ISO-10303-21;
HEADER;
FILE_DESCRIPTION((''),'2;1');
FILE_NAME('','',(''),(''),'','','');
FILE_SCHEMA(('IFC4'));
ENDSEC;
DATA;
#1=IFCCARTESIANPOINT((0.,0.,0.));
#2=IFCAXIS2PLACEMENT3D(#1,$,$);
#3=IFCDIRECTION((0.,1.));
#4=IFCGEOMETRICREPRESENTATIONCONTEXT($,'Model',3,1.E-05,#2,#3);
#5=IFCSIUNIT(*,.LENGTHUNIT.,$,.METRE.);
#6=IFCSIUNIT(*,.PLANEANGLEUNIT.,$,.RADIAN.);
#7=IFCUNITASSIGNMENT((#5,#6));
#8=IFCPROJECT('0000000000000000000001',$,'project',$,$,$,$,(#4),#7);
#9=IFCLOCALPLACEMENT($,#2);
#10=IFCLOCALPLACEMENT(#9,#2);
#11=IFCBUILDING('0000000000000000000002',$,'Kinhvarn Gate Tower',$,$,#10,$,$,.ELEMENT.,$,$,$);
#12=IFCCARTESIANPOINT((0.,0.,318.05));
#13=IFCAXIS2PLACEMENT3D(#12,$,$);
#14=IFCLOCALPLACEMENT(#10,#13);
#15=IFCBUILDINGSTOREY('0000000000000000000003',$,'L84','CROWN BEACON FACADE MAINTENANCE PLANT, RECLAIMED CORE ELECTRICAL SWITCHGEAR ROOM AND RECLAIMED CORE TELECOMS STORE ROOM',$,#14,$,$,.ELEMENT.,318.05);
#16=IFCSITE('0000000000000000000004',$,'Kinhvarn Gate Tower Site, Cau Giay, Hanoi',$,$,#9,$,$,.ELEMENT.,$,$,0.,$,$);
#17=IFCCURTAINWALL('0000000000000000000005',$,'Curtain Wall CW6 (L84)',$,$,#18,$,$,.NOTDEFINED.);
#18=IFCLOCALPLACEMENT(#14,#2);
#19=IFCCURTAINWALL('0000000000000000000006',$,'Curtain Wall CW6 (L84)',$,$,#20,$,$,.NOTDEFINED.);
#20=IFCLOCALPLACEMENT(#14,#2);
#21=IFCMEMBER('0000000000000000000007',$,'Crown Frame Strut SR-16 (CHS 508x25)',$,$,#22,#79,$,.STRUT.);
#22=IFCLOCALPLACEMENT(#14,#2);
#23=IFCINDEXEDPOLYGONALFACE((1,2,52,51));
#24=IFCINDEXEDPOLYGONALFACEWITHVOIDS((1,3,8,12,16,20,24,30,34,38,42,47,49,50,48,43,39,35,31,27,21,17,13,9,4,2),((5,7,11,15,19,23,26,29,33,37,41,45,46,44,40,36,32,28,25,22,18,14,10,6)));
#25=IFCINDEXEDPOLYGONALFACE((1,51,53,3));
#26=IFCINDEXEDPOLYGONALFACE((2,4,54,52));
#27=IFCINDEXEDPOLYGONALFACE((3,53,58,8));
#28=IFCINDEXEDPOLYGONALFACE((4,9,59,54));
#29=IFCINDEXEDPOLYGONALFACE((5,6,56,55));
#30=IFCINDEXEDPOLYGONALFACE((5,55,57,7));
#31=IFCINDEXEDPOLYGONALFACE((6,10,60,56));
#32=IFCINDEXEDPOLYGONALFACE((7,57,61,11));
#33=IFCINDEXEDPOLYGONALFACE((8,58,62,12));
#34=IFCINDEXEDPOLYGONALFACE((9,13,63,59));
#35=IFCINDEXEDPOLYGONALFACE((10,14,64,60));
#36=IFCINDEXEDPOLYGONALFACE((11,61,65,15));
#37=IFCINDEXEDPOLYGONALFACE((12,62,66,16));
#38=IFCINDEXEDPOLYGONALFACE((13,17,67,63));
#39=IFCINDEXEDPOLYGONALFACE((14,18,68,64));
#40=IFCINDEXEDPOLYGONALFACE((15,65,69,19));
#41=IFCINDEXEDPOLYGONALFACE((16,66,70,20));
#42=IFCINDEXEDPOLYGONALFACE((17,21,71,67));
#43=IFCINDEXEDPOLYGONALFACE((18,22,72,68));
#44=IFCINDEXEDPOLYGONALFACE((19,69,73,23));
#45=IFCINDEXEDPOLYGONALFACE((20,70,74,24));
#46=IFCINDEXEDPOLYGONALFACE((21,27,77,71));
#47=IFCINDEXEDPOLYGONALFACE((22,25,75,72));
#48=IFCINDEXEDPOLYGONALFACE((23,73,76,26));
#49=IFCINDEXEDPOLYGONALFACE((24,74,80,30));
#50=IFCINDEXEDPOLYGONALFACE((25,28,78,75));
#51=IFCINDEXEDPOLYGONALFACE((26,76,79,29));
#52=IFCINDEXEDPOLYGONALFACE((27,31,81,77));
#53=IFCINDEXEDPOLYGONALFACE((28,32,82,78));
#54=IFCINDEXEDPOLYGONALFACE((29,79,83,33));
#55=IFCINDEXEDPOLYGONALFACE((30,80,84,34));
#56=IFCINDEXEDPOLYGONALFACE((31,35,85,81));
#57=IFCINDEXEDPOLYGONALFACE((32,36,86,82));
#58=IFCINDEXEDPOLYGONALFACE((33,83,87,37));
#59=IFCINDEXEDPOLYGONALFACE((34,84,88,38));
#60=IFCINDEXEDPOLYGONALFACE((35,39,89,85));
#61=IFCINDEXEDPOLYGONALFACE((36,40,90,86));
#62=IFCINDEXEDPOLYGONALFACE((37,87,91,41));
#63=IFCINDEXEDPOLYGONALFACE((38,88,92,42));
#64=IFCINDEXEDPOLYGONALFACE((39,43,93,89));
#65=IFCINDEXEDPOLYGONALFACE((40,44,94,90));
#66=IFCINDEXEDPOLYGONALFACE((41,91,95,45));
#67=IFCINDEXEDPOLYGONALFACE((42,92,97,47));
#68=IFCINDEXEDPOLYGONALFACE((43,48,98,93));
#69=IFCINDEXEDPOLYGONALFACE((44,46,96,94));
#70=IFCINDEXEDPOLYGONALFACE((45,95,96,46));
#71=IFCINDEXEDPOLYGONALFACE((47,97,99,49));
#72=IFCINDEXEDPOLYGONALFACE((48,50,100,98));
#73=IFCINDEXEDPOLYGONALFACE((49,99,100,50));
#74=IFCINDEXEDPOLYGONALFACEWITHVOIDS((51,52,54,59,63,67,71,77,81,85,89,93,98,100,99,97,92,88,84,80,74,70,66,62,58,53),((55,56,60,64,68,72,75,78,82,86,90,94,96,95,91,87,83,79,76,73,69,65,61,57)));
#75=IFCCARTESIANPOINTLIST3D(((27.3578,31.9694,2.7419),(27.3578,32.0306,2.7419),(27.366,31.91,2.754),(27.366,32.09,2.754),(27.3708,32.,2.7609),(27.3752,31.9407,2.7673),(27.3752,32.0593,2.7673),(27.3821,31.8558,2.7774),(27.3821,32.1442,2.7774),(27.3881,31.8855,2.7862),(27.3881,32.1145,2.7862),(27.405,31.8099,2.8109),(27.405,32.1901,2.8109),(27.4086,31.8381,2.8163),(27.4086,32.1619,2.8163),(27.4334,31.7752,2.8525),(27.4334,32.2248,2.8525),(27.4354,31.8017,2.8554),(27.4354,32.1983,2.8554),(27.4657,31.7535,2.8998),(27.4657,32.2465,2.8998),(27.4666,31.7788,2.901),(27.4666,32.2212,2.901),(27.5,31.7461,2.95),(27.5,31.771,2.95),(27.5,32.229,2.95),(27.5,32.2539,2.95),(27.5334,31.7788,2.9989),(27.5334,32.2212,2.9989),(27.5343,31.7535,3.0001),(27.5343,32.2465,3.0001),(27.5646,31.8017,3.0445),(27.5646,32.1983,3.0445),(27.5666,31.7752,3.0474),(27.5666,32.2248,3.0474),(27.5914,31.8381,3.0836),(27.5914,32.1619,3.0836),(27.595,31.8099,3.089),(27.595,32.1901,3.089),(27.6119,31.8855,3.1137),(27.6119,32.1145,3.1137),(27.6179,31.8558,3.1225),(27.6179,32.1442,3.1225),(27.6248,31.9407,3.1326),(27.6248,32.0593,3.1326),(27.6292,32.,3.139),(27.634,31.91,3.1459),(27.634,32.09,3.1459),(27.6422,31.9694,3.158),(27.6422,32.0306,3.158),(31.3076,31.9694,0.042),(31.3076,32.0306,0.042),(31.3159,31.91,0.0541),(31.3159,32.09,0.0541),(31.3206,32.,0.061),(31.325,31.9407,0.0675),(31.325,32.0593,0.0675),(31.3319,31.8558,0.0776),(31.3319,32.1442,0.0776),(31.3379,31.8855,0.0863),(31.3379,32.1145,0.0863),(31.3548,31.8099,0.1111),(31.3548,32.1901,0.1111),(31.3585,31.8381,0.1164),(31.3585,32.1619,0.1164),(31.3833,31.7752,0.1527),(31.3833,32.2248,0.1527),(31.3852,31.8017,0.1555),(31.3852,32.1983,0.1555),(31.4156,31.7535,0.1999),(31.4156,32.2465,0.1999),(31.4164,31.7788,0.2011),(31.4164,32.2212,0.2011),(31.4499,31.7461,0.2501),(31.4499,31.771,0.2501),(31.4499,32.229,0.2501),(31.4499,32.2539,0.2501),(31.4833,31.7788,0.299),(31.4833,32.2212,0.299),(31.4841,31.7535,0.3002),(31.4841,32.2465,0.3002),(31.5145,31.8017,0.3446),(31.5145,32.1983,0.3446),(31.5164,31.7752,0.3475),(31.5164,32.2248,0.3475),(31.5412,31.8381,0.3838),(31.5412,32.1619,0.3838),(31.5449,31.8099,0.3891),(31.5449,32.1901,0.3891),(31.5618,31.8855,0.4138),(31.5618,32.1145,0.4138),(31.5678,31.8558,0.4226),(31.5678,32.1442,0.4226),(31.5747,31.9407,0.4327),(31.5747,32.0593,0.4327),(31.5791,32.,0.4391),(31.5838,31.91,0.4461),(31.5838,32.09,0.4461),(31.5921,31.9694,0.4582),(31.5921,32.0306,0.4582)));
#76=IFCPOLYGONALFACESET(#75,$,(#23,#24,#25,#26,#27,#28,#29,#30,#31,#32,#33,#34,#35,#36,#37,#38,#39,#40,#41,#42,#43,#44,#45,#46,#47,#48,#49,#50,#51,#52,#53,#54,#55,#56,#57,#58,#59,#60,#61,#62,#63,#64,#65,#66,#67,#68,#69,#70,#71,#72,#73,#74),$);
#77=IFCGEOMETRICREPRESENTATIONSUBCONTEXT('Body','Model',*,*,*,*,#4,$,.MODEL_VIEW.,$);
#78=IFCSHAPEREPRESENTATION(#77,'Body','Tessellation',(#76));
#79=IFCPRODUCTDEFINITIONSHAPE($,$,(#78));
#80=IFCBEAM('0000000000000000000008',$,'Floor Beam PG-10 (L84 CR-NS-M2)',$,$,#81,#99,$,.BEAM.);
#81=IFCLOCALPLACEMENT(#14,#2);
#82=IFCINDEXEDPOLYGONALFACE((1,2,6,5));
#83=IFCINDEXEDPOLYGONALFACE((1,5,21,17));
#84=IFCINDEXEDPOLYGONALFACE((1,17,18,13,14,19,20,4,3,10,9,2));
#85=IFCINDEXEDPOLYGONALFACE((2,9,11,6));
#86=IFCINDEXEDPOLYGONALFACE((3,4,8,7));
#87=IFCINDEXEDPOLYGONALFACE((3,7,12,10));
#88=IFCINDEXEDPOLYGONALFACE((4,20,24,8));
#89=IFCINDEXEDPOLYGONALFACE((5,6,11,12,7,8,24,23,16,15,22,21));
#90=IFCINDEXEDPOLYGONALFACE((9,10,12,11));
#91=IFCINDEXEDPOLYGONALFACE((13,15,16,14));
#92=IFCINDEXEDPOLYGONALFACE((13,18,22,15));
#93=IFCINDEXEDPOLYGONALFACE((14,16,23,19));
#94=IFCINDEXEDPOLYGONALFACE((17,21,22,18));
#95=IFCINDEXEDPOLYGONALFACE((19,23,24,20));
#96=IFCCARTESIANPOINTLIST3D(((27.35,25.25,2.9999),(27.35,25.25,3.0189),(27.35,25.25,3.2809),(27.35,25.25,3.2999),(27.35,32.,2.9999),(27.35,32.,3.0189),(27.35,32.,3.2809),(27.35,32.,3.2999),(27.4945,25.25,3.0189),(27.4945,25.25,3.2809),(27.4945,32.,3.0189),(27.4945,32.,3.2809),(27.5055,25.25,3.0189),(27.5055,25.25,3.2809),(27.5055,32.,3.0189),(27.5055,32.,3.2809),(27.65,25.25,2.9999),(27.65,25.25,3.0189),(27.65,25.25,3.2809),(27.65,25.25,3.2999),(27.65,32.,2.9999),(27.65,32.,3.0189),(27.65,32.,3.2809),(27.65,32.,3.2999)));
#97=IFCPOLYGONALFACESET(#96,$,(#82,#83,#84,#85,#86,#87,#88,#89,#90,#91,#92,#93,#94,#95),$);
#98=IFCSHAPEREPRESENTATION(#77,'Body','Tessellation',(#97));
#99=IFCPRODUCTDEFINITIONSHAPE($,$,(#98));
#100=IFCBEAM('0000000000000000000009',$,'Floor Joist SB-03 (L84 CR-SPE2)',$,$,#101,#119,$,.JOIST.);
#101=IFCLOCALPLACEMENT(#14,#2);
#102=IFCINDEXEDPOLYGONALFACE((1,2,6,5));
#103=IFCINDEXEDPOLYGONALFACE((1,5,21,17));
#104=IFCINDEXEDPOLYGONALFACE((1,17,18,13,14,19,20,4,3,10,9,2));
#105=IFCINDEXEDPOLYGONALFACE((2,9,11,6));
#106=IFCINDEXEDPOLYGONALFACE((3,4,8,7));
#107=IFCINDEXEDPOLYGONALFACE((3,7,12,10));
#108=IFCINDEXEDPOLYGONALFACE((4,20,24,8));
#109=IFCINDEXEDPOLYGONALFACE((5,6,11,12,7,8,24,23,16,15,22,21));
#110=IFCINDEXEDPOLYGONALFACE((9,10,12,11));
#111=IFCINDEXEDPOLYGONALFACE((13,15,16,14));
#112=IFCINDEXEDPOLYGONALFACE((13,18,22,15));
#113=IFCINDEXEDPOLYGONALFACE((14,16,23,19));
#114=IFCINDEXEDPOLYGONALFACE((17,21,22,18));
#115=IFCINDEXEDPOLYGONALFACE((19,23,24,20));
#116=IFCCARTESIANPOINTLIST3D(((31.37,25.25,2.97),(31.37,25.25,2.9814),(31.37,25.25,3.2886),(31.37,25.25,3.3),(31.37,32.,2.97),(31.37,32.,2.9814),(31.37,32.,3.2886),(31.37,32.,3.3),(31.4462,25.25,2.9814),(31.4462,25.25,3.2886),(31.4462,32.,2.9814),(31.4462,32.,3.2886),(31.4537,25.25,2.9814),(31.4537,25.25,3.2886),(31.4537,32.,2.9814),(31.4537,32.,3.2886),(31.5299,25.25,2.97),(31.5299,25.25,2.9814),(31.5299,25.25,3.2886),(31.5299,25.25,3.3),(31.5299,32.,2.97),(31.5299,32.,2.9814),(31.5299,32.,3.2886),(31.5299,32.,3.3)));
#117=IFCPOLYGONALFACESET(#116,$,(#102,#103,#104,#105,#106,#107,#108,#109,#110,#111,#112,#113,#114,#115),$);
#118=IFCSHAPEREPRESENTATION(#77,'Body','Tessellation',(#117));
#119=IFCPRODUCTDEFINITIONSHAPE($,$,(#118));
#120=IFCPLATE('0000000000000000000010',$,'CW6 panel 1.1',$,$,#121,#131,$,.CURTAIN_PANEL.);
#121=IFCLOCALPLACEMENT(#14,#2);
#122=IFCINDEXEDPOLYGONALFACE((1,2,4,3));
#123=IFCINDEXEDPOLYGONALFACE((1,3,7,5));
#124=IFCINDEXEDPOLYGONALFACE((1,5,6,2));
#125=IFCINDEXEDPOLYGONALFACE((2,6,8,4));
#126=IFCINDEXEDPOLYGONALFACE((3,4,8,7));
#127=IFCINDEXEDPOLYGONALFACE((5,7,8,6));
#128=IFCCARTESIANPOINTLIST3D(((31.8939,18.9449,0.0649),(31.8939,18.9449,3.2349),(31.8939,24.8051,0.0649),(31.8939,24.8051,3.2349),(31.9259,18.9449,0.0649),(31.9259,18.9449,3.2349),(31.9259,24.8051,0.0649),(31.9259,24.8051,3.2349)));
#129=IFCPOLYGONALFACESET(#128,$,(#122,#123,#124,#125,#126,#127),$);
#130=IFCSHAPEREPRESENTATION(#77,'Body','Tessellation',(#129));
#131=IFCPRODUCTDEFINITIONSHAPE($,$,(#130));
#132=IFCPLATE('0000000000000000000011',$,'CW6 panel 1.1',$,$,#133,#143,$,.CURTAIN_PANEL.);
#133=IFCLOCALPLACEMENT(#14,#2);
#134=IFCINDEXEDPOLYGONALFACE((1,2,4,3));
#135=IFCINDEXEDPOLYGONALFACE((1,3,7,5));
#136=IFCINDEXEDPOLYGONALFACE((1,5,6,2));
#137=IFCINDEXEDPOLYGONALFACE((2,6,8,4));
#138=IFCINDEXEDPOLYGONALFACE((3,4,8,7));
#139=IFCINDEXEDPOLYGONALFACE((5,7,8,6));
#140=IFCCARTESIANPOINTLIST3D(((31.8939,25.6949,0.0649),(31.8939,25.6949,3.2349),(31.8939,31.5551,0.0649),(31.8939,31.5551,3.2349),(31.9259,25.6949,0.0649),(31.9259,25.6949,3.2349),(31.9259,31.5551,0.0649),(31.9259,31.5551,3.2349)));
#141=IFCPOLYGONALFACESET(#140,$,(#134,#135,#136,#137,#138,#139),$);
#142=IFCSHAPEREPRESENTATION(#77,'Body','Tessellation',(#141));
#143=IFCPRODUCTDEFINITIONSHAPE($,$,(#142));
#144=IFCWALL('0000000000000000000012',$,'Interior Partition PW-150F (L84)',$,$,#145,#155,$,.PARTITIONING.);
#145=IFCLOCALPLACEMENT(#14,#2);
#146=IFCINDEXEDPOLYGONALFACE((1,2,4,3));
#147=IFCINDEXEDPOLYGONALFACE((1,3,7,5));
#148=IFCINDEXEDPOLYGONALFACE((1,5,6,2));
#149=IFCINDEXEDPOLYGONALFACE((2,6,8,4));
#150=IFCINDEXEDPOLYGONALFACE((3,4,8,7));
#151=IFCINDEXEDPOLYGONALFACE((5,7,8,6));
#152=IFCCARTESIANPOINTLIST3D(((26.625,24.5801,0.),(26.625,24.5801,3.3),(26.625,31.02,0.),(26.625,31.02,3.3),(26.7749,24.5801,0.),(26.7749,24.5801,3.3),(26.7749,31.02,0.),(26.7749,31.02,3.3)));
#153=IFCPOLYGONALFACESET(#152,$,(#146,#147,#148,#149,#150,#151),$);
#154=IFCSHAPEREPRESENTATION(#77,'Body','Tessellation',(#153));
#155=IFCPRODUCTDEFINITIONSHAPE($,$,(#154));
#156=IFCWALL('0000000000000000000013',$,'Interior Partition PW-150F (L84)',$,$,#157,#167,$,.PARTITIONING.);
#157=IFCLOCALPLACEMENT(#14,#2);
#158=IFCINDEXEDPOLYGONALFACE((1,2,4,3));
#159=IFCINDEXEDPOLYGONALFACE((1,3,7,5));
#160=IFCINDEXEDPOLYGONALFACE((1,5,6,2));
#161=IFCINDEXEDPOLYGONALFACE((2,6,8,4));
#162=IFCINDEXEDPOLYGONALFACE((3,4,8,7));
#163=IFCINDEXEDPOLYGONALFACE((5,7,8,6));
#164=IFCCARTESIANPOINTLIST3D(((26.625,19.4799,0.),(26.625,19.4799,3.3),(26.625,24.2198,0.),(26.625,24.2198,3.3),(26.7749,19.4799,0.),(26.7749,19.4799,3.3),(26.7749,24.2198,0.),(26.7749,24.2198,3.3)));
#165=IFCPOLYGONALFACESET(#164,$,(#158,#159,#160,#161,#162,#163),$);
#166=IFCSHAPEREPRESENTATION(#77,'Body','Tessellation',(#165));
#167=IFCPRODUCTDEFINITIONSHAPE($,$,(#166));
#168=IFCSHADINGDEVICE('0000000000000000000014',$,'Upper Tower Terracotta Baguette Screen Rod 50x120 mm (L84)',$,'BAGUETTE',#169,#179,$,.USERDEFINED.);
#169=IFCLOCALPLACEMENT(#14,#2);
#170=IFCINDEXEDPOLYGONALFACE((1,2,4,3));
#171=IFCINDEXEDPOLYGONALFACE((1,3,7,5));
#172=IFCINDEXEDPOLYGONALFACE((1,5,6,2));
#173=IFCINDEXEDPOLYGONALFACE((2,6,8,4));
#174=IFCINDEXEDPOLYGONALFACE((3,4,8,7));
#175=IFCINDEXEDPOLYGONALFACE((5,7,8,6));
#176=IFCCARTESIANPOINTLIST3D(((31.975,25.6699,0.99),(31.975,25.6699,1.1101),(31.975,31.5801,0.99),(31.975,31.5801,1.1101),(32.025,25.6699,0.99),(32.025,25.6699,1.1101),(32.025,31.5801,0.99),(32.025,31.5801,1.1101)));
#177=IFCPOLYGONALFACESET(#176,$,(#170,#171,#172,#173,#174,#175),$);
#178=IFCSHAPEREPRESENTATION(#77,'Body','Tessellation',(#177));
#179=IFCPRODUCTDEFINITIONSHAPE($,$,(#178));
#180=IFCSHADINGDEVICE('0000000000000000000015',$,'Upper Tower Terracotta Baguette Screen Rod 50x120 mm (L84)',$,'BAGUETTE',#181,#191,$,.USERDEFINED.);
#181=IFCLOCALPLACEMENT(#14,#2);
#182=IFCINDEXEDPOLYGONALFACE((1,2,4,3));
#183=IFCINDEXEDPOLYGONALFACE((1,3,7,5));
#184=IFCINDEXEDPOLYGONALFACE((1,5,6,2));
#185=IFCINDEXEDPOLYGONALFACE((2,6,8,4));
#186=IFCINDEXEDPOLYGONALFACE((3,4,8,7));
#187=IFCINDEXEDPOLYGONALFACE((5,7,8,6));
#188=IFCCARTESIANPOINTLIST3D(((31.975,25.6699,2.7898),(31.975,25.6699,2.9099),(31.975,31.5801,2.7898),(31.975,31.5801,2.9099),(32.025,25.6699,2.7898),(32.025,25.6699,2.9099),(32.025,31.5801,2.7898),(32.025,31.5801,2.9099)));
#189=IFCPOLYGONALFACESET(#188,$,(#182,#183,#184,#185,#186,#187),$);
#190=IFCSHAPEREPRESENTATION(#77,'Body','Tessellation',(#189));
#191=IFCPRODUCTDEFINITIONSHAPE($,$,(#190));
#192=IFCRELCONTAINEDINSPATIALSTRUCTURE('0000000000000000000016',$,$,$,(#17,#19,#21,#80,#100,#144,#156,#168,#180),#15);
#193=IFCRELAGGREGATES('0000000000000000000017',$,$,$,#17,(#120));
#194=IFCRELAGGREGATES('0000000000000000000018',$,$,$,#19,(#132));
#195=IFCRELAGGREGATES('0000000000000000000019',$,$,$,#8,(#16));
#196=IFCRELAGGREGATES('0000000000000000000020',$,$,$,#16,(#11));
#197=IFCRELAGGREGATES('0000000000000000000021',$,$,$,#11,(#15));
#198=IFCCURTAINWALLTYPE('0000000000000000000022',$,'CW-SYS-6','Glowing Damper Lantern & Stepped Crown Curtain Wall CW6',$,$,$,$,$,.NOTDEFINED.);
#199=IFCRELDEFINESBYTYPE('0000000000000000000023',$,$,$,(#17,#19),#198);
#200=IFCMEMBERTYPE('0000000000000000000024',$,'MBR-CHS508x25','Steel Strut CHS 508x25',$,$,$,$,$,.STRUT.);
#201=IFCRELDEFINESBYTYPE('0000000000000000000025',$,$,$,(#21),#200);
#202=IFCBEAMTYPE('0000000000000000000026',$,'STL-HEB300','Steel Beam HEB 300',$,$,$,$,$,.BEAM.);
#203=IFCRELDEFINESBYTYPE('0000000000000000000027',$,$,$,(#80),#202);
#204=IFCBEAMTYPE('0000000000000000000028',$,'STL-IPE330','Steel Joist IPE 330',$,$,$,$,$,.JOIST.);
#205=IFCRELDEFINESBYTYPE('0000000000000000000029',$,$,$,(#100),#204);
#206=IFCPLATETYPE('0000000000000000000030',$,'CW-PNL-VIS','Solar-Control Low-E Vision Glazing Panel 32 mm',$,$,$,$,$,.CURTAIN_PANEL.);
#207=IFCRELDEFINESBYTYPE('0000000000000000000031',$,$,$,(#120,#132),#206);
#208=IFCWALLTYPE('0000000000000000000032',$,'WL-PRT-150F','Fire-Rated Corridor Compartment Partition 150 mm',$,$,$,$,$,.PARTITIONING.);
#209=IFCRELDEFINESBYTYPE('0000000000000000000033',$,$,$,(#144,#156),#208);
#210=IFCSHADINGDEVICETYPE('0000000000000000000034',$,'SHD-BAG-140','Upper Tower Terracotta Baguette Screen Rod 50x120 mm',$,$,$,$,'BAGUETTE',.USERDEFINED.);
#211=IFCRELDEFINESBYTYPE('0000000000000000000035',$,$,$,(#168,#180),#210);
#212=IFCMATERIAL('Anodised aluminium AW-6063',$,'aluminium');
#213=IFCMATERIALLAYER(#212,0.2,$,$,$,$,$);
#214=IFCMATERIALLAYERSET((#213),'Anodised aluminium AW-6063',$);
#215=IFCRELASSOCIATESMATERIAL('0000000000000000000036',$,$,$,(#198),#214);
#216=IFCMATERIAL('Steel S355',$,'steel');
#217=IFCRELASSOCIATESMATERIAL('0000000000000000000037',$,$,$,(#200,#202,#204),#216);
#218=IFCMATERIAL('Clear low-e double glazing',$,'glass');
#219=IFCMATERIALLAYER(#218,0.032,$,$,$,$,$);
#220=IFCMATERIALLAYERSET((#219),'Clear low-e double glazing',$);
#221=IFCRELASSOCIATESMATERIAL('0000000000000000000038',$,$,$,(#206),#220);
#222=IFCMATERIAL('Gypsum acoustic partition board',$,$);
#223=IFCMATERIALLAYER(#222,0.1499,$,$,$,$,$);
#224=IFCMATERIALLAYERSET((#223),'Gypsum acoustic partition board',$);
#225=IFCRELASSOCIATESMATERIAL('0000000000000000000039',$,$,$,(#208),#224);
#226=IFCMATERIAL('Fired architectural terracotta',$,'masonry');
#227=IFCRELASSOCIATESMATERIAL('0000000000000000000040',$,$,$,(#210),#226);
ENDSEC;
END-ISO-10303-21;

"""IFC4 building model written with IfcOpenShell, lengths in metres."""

from ifc_helpers import new_model, si_unit, direction, frame, frame_2d, origin, origin_2d, place, context, subcontext, project, spatial, rectangle, hollow_circle, i_section, extrude, material, layer, layer_set, material_profile, profile_set, type_object, element, aggregate, save


model = new_model("IFC4")

# Units and contexts
model_context = context("Model", 3, precision=1e-05, world=origin(), true_north=direction((0.0, 1.0)))
body_context = subcontext(model_context, "Body", "Model", "MODEL_VIEW")
ifc_project = project(units=[si_unit("LENGTHUNIT", "METRE"), si_unit("PLANEANGLEUNIT", "RADIAN")], contexts=[model_context])

# Site, building, storey
site_placement = place(None, origin())
site = spatial("IfcSite", under=ifc_project, at=site_placement, Name="Kinhvarn Gate Tower Site, Cau Giay, Hanoi", CompositionType="ELEMENT", RefElevation=0.0)
building_placement = place(site_placement, origin())
building = spatial("IfcBuilding", under=site, at=building_placement, Name="Kinhvarn Gate Tower", CompositionType="ELEMENT")
storey_placement = place(building_placement, frame((0.0, 0.0, 318.05)))
storey = spatial("IfcBuildingStorey", under=building, at=storey_placement, Name="L84", Description="CROWN BEACON FACADE MAINTENANCE PLANT, RECLAIMED CORE ELECTRICAL SWITCHGEAR ROOM AND RECLAIMED CORE TELECOMS STORE ROOM", CompositionType="ELEMENT", Elevation=318.05)

# Curtain wall
ifc_material_1 = material(Name="Anodised aluminium AW-6063", Category="aluminium")
ifc_layer_1 = layer(ifc_material_1, 0.2)
ifc_layer_set_1 = layer_set([ifc_layer_1], Name="Anodised aluminium AW-6063")
curtain_wall_type = type_object("IfcCurtainWallType", Name="CW-SYS-6", Description="Glowing Damper Lantern & Stepped Crown Curtain Wall CW6", PredefinedType="NOTDEFINED", material=ifc_layer_set_1)
curtain_wall_1_placement = place(storey_placement, origin())
curtain_wall_1 = element("IfcCurtainWall", 1, at=curtain_wall_1_placement, inside=storey, type_object=curtain_wall_type, Name="Curtain Wall CW6 (L84)", PredefinedType="NOTDEFINED")

# Curtain wall
curtain_wall_2_placement = place(storey_placement, origin())
curtain_wall_2 = element("IfcCurtainWall", 2, at=curtain_wall_2_placement, inside=storey, type_object=curtain_wall_type, Name="Curtain Wall CW6 (L84)", PredefinedType="NOTDEFINED")

# Member
ifc_material_2 = material(Name="Steel S355", Category="steel")
ifc_material_profile_1 = material_profile(ifc_material_2, hollow_circle(Radius=0.2539, WallThickness=0.0249, at=origin_2d()), Name="CHS 508x25")
ifc_profile_set_1 = profile_set([ifc_material_profile_1], Name="Steel S355")
member_type_1 = type_object("IfcMemberType", Name="MBR-CHS508x25", Description="Steel Strut CHS 508x25", PredefinedType="STRUT", material=ifc_profile_set_1)
member_1_placement = place(storey_placement, frame((27.5, 32.0, 2.95), z_axis=(0.825565, 0.0, -0.564307), x_axis=(0.0, 1.0, 0.0)))
element("IfcMember", 3, at=member_1_placement, inside=storey, type_object=member_type_1, Name="Crown Frame Strut SR-16 (CHS 508x25)", PredefinedType="STRUT", context=body_context, shape_type="SweptSolid", body=[
    extrude(hollow_circle(Radius=0.2539, WallThickness=0.0249, at=origin_2d()), origin(), (0.0, 0.0, 1.0), 4.7844),
])

# Beams
ifc_material_profile_2 = material_profile(ifc_material_2, i_section(OverallWidth=0.3, OverallDepth=0.3, WebThickness=0.011, FlangeThickness=0.019, at=origin_2d()), Name="HEB 300")
ifc_profile_set_2 = profile_set([ifc_material_profile_2], Name="Steel S355")
beam_type_1 = type_object("IfcBeamType", Name="STL-HEB300", Description="Steel Beam HEB 300", PredefinedType="BEAM", material=ifc_profile_set_2)
beam_1_placement = place(storey_placement, frame((27.5, 25.25, 3.1499), z_axis=(0.0, 1.0, 0.0), x_axis=(-1.0, 0.0, 0.0)))
element("IfcBeam", 4, at=beam_1_placement, inside=storey, type_object=beam_type_1, Name="Floor Beam PG-10 (L84 CR-NS-M2)", PredefinedType="BEAM", context=body_context, shape_type="SweptSolid", body=[
    extrude(i_section(OverallWidth=0.3, OverallDepth=0.3, WebThickness=0.011, FlangeThickness=0.019, at=origin_2d()), origin(), (0.0, 0.0, 1.0), 6.75),
])
ifc_material_profile_3 = material_profile(ifc_material_2, i_section(OverallWidth=0.1599, OverallDepth=0.3301, WebThickness=0.0076, FlangeThickness=0.0115, at=origin_2d()), Name="IPE 330")
ifc_profile_set_3 = profile_set([ifc_material_profile_3], Name="Steel S355")
beam_type_2 = type_object("IfcBeamType", Name="STL-IPE330", Description="Steel Joist IPE 330", PredefinedType="JOIST", material=ifc_profile_set_3)
beam_2_placement = place(storey_placement, frame((31.45, 25.25, 3.135), z_axis=(0.0, 1.0, 0.0), x_axis=(-1.0, 0.0, 0.0)))
element("IfcBeam", 5, at=beam_2_placement, inside=storey, type_object=beam_type_2, Name="Floor Joist SB-03 (L84 CR-SPE2)", PredefinedType="JOIST", context=body_context, shape_type="SweptSolid", body=[
    extrude(i_section(OverallWidth=0.1599, OverallDepth=0.3301, WebThickness=0.0076, FlangeThickness=0.0115, at=origin_2d()), origin(), (0.0, 0.0, 1.0), 6.75),
])

# Plates
ifc_material_3 = material(Name="Clear low-e double glazing", Category="glass")
ifc_layer_2 = layer(ifc_material_3, 0.032)
ifc_layer_set_2 = layer_set([ifc_layer_2], Name="Clear low-e double glazing")
plate_type = type_object("IfcPlateType", Name="CW-PNL-VIS", Description="Solar-Control Low-E Vision Glazing Panel 32 mm", PredefinedType="CURTAIN_PANEL", material=ifc_layer_set_2)
plate_1_placement = place(storey_placement, frame((31.9099, 21.875, 0.0649), z_axis=(0.0, 0.0, 1.0), x_axis=(0.0, 1.0, 0.0)))
plate_1 = element("IfcPlate", 6, at=plate_1_placement, type_object=plate_type, Name="CW6 panel 1.1", PredefinedType="CURTAIN_PANEL", context=body_context, shape_type="SweptSolid", body=[
    extrude(rectangle(XDim=5.8601, YDim=0.032, at=origin_2d()), origin(), (0.0, 0.0, 1.0), 3.1699),
])
aggregate(curtain_wall_1, [plate_1])
plate_2_placement = place(storey_placement, frame((31.9099, 28.625, 0.0649), z_axis=(0.0, 0.0, 1.0), x_axis=(0.0, 1.0, 0.0)))
plate_2 = element("IfcPlate", 7, at=plate_2_placement, type_object=plate_type, Name="CW6 panel 1.1", PredefinedType="CURTAIN_PANEL", context=body_context, shape_type="SweptSolid", body=[
    extrude(rectangle(XDim=5.8601, YDim=0.032, at=origin_2d()), origin(), (0.0, 0.0, 1.0), 3.1699),
])
aggregate(curtain_wall_2, [plate_2])

# Walls
ifc_material_4 = material(Name="Gypsum acoustic partition board")
ifc_layer_3 = layer(ifc_material_4, 0.1499)
ifc_layer_set_3 = layer_set([ifc_layer_3], Name="Gypsum acoustic partition board")
wall_type = type_object("IfcWallType", Name="WL-PRT-150F", Description="Fire-Rated Corridor Compartment Partition 150 mm", PredefinedType="PARTITIONING", material=ifc_layer_set_3)
wall_1_placement = place(storey_placement, frame((26.7, 31.02, 0.0), z_axis=(0.0, 0.0, 1.0), x_axis=(0.0, -1.0, 0.0)))
element("IfcWall", 8, at=wall_1_placement, inside=storey, type_object=wall_type, Name="Interior Partition PW-150F (L84)", PredefinedType="PARTITIONING", context=body_context, shape_type="SweptSolid", body=[
    extrude(rectangle(XDim=6.4399, YDim=0.1499, at=frame_2d((3.22, 0.0))), origin(), (0.0, 0.0, 1.0), 3.3),
])
wall_2_placement = place(storey_placement, frame((26.7, 24.22, 0.0), z_axis=(0.0, 0.0, 1.0), x_axis=(0.0, -1.0, 0.0)))
element("IfcWall", 9, at=wall_2_placement, inside=storey, type_object=wall_type, Name="Interior Partition PW-150F (L84)", PredefinedType="PARTITIONING", context=body_context, shape_type="SweptSolid", body=[
    extrude(rectangle(XDim=4.74, YDim=0.1499, at=frame_2d((2.3701, 0.0))), origin(), (0.0, 0.0, 1.0), 3.3),
])

# Shading devices
ifc_material_5 = material(Name="Fired architectural terracotta", Category="masonry")
ifc_material_profile_4 = material_profile(ifc_material_5, rectangle(XDim=0.05, YDim=0.1201, at=origin_2d()), Name="TC 50x120")
ifc_profile_set_4 = profile_set([ifc_material_profile_4], Name="Fired architectural terracotta")
shading_device_type = type_object("IfcShadingDeviceType", Name="SHD-BAG-140", Description="Upper Tower Terracotta Baguette Screen Rod 50x120 mm", ElementType="BAGUETTE", PredefinedType="USERDEFINED", material=ifc_profile_set_4)
for number, where, z_axis, x_axis, name in (
    (10, (32.0, 25.6699, 1.05), (0.0, 1.0, 0.0), (-1.0, 0.0, 0.0), "Upper Tower Terracotta Baguette Screen Rod 50x120 mm (L84)"),
    (11, (32.0, 25.6699, 2.8499), (0.0, 1.0, 0.0), (-1.0, 0.0, 0.0), "Upper Tower Terracotta Baguette Screen Rod 50x120 mm (L84)"),
):
    element("IfcShadingDevice", number, at=place(storey_placement, frame(where, z_axis=z_axis, x_axis=x_axis)), inside=storey, type_object=shading_device_type, Name=name, ObjectType="BAGUETTE", PredefinedType="USERDEFINED", context=body_context, shape_type="SweptSolid", body=[
        extrude(rectangle(XDim=0.05, YDim=0.1201, at=origin_2d()), origin(), (0.0, 0.0, 1.0), 5.9102),
    ])

save(model, "model.ifc")
